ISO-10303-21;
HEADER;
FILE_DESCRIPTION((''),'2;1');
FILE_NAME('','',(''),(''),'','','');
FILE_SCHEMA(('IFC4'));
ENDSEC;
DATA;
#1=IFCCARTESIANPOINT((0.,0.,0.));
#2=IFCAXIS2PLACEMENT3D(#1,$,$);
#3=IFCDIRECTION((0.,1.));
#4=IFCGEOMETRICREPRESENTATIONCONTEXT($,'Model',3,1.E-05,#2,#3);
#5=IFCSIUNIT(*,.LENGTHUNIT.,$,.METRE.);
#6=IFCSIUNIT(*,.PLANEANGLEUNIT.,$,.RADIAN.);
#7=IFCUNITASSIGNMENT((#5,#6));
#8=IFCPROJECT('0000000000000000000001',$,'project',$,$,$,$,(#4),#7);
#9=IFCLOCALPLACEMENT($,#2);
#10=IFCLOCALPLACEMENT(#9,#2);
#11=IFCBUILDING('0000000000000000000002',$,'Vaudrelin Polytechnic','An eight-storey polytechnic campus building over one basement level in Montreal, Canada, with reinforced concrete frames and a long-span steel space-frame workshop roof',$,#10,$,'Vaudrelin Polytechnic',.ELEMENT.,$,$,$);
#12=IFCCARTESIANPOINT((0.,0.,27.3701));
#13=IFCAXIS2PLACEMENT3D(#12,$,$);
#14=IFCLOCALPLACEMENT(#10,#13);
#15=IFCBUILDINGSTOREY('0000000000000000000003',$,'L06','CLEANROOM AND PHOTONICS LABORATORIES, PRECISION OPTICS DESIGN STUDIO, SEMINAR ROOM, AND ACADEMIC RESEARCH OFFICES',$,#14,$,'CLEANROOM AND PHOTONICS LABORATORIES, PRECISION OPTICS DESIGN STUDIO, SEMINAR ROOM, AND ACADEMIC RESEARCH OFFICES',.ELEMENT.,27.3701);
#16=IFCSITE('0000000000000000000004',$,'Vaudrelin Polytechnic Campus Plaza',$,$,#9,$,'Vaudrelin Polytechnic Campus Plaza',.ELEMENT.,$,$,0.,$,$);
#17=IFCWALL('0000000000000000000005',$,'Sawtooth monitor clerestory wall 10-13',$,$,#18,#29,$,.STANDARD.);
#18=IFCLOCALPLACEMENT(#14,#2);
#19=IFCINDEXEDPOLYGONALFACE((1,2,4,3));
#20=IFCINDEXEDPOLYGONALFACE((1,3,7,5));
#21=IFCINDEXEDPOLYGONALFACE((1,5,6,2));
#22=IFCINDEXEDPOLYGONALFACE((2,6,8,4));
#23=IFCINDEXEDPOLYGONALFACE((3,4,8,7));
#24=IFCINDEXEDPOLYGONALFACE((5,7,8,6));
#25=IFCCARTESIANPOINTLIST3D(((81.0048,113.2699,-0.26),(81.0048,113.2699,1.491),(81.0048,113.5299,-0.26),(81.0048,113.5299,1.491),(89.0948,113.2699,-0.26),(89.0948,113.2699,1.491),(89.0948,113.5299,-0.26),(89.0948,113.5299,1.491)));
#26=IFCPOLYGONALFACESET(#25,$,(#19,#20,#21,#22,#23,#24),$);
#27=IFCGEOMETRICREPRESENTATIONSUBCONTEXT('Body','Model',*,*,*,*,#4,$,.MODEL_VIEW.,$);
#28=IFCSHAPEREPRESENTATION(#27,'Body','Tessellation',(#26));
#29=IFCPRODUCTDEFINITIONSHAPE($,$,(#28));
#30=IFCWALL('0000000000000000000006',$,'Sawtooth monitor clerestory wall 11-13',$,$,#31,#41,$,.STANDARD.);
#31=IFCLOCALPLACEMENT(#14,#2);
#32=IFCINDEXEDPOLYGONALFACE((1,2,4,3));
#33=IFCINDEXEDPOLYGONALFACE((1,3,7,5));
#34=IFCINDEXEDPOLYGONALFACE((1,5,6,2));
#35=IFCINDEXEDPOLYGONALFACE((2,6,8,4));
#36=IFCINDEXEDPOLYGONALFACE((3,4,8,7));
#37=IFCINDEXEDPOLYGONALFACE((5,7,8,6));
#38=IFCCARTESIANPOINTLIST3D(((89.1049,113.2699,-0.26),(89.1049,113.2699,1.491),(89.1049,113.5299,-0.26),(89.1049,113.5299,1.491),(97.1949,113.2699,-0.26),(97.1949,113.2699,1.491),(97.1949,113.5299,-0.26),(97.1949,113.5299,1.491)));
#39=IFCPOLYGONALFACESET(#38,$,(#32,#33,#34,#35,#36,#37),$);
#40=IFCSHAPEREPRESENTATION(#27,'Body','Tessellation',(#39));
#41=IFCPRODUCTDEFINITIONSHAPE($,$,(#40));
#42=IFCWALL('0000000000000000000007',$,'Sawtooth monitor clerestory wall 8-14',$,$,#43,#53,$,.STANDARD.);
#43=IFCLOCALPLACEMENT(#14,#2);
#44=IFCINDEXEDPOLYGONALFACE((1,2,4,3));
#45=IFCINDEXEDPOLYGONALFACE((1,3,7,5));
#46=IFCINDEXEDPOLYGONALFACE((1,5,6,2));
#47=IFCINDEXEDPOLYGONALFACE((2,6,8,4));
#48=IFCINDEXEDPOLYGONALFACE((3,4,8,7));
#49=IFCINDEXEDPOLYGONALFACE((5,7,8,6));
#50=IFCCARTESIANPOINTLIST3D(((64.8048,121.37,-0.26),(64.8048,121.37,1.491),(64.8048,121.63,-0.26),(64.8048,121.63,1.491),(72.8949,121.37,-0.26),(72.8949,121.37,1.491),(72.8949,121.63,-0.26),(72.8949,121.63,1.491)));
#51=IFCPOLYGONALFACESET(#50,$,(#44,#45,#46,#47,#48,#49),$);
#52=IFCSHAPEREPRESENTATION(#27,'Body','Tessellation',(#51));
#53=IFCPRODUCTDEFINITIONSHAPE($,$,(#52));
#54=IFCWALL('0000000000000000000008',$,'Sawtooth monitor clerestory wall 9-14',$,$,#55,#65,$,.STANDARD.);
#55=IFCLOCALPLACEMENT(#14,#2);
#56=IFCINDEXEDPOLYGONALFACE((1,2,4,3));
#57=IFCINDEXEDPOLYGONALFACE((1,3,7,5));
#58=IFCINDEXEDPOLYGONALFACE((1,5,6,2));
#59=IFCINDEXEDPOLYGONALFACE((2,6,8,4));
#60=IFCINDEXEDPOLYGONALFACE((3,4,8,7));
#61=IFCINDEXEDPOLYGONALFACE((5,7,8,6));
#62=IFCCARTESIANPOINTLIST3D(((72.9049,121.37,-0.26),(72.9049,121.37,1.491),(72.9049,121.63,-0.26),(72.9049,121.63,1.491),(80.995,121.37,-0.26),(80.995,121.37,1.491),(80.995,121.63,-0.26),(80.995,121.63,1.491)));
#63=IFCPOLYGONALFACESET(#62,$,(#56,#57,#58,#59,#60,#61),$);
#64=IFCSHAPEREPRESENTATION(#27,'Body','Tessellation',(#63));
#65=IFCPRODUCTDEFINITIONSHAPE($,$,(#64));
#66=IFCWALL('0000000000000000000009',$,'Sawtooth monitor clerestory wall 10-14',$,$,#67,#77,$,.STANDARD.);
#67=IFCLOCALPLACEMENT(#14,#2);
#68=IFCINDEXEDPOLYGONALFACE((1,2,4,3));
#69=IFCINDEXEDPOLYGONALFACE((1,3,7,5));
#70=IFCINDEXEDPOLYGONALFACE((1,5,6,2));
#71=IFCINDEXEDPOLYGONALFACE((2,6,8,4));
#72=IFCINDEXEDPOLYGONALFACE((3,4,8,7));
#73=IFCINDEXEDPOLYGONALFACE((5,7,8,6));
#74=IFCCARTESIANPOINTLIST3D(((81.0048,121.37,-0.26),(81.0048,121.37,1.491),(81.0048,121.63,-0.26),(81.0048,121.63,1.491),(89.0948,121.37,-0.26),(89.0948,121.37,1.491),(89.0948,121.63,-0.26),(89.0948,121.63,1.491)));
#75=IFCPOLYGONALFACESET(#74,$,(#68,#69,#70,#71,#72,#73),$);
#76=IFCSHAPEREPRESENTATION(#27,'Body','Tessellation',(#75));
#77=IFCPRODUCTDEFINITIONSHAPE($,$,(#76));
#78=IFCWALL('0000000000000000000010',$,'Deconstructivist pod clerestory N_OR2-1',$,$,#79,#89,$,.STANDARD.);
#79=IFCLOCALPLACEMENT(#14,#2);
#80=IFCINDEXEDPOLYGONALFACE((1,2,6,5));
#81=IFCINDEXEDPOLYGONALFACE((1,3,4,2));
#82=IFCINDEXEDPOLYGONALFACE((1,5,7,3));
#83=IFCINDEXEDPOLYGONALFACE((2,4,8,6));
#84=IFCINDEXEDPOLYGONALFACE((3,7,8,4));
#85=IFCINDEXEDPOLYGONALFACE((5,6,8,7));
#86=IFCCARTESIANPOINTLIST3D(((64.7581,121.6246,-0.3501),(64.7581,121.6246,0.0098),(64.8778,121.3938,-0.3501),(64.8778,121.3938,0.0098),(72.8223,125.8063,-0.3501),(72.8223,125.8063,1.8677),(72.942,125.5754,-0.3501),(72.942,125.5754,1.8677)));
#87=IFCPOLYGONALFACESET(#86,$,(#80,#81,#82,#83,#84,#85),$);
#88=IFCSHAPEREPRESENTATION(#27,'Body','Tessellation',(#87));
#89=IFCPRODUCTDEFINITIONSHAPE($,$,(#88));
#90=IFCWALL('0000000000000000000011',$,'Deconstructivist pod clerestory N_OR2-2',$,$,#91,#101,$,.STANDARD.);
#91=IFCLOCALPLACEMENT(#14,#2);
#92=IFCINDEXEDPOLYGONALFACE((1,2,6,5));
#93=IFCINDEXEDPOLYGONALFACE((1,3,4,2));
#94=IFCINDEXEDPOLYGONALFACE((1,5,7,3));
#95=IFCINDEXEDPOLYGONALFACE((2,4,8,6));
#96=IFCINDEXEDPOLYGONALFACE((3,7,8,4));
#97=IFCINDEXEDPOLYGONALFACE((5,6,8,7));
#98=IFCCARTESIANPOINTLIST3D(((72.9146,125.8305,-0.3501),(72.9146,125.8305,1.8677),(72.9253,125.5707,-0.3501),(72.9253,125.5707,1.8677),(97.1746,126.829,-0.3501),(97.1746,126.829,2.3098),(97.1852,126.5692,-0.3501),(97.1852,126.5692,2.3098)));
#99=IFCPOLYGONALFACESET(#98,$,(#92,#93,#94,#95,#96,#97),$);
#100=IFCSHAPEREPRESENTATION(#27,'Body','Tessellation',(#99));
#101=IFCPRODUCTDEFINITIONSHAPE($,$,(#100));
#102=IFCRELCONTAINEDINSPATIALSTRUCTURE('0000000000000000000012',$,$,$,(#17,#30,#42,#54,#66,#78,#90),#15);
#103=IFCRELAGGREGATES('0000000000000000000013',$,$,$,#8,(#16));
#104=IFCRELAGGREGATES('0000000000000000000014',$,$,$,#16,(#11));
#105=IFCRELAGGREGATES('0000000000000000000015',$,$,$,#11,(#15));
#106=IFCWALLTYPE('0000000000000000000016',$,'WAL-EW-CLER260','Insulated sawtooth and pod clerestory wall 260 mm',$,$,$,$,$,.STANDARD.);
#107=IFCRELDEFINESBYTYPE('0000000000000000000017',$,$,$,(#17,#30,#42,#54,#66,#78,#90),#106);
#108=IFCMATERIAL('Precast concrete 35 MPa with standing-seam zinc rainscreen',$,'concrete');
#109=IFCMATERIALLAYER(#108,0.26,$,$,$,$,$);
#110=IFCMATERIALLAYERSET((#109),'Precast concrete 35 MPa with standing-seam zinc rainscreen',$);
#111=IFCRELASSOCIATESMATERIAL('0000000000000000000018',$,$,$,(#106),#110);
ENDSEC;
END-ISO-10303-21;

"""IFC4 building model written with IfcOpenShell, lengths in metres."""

from ifc_helpers import new_model, si_unit, direction, frame, frame_2d, origin, place, context, subcontext, project, spatial, polyline, rectangle, outline, extrude, material, layer, layer_set, type_object, element, save


model = new_model("IFC4")

# Units and contexts
model_context = context("Model", 3, precision=1e-05, world=origin(), true_north=direction((0.0, 1.0)))
body_context = subcontext(model_context, "Body", "Model", "MODEL_VIEW")
ifc_project = project(units=[si_unit("LENGTHUNIT", "METRE"), si_unit("PLANEANGLEUNIT", "RADIAN")], contexts=[model_context])

# Site, building, storey
site_placement = place(None, origin())
site = spatial("IfcSite", under=ifc_project, at=site_placement, Name="Vaudrelin Polytechnic Campus Plaza", LongName="Vaudrelin Polytechnic Campus Plaza", CompositionType="ELEMENT", RefElevation=0.0)
building_placement = place(site_placement, origin())
building = spatial("IfcBuilding", under=site, at=building_placement, Name="Vaudrelin Polytechnic", Description="An eight-storey polytechnic campus building over one basement level in Montreal, Canada, with reinforced concrete frames and a long-span steel space-frame workshop roof", LongName="Vaudrelin Polytechnic", CompositionType="ELEMENT")
storey_placement = place(building_placement, frame((0.0, 0.0, 27.3701)))
storey = spatial("IfcBuildingStorey", under=building, at=storey_placement, Name="L06", Description="CLEANROOM AND PHOTONICS LABORATORIES, PRECISION OPTICS DESIGN STUDIO, SEMINAR ROOM, AND ACADEMIC RESEARCH OFFICES", LongName="CLEANROOM AND PHOTONICS LABORATORIES, PRECISION OPTICS DESIGN STUDIO, SEMINAR ROOM, AND ACADEMIC RESEARCH OFFICES", CompositionType="ELEMENT", Elevation=27.3701)

# Walls
ifc_material_1 = material(Name="Precast concrete 35 MPa with standing-seam zinc rainscreen", Category="concrete")
ifc_layer_1 = layer(ifc_material_1, 0.26)
ifc_layer_set_1 = layer_set([ifc_layer_1], Name="Precast concrete 35 MPa with standing-seam zinc rainscreen")
wall_type = type_object("IfcWallType", Name="WAL-EW-CLER260", Description="Insulated sawtooth and pod clerestory wall 260 mm", PredefinedType="STANDARD", material=ifc_layer_set_1)
for number, where, z_axis, x_axis, name in (
    (1, (81.0049, 113.3999, -0.26), (0.0, 0.0, 1.0), (1.0, 0.0, 0.0), "Sawtooth monitor clerestory wall 10-13"),
    (2, (89.105, 113.3999, -0.26), (0.0, 0.0, 1.0), (1.0, 0.0, 0.0), "Sawtooth monitor clerestory wall 11-13"),
    (3, (64.8049, 121.5, -0.26), (0.0, 0.0, 1.0), (1.0, 0.0, 0.0), "Sawtooth monitor clerestory wall 8-14"),
    (4, (72.905, 121.5, -0.26), (0.0, 0.0, 1.0), (1.0, 0.0, 0.0), "Sawtooth monitor clerestory wall 9-14"),
    (5, (81.0049, 121.5, -0.26), (0.0, 0.0, 1.0), (1.0, 0.0, 0.0), "Sawtooth monitor clerestory wall 10-14"),
):
    element("IfcWall", number, at=place(storey_placement, frame(where, z_axis=z_axis, x_axis=x_axis)), inside=storey, type_object=wall_type, Name=name, PredefinedType="STANDARD", context=body_context, shape_type="SweptSolid", body=[
        extrude(rectangle(XDim=8.0901, YDim=0.26, at=frame_2d((4.0449, 0.0))), origin(), (0.0, 0.0, 1.0), 1.751),
    ])
wall_1_placement = place(storey_placement, frame((64.8179, 121.5093, -0.3501), z_axis=(0.0, 0.0, 1.0), x_axis=(0.887746, 0.460334, 0.0)))
element("IfcWall", 6, at=wall_1_placement, inside=storey, type_object=wall_type, Name="Deconstructivist pod clerestory N_OR2-1", PredefinedType="STANDARD", context=body_context, shape_type="SweptSolid", body=[
    extrude(outline(polyline([(0.0, 0.0), (9.084, 0.0), (9.084, 2.2178), (0.0, 0.3599), (0.0, 0.0)])), frame((0.0, 0.1299, 0.0), z_axis=(0.0, -1.0, 0.0), x_axis=(1.0, 0.0, 0.0)), (0.0, 0.0, 1.0), 0.26),
])
wall_2_placement = place(storey_placement, frame((72.9199, 125.7007, -0.3501), z_axis=(0.0, 0.0, 1.0), x_axis=(0.999154, 0.041125, 0.0)))
element("IfcWall", 7, at=wall_2_placement, inside=storey, type_object=wall_type, Name="Deconstructivist pod clerestory N_OR2-2", PredefinedType="STANDARD", context=body_context, shape_type="SweptSolid", body=[
    extrude(outline(polyline([(0.0, 0.0), (24.2805, 0.0), (24.2805, 2.6599), (0.0, 2.2178), (0.0, 0.0)])), frame((0.0, 0.1299, 0.0), z_axis=(0.0, -1.0, 0.0), x_axis=(1.0, 0.0, 0.0)), (0.0, 0.0, 1.0), 0.26),
])

save(model, "model.ifc")
